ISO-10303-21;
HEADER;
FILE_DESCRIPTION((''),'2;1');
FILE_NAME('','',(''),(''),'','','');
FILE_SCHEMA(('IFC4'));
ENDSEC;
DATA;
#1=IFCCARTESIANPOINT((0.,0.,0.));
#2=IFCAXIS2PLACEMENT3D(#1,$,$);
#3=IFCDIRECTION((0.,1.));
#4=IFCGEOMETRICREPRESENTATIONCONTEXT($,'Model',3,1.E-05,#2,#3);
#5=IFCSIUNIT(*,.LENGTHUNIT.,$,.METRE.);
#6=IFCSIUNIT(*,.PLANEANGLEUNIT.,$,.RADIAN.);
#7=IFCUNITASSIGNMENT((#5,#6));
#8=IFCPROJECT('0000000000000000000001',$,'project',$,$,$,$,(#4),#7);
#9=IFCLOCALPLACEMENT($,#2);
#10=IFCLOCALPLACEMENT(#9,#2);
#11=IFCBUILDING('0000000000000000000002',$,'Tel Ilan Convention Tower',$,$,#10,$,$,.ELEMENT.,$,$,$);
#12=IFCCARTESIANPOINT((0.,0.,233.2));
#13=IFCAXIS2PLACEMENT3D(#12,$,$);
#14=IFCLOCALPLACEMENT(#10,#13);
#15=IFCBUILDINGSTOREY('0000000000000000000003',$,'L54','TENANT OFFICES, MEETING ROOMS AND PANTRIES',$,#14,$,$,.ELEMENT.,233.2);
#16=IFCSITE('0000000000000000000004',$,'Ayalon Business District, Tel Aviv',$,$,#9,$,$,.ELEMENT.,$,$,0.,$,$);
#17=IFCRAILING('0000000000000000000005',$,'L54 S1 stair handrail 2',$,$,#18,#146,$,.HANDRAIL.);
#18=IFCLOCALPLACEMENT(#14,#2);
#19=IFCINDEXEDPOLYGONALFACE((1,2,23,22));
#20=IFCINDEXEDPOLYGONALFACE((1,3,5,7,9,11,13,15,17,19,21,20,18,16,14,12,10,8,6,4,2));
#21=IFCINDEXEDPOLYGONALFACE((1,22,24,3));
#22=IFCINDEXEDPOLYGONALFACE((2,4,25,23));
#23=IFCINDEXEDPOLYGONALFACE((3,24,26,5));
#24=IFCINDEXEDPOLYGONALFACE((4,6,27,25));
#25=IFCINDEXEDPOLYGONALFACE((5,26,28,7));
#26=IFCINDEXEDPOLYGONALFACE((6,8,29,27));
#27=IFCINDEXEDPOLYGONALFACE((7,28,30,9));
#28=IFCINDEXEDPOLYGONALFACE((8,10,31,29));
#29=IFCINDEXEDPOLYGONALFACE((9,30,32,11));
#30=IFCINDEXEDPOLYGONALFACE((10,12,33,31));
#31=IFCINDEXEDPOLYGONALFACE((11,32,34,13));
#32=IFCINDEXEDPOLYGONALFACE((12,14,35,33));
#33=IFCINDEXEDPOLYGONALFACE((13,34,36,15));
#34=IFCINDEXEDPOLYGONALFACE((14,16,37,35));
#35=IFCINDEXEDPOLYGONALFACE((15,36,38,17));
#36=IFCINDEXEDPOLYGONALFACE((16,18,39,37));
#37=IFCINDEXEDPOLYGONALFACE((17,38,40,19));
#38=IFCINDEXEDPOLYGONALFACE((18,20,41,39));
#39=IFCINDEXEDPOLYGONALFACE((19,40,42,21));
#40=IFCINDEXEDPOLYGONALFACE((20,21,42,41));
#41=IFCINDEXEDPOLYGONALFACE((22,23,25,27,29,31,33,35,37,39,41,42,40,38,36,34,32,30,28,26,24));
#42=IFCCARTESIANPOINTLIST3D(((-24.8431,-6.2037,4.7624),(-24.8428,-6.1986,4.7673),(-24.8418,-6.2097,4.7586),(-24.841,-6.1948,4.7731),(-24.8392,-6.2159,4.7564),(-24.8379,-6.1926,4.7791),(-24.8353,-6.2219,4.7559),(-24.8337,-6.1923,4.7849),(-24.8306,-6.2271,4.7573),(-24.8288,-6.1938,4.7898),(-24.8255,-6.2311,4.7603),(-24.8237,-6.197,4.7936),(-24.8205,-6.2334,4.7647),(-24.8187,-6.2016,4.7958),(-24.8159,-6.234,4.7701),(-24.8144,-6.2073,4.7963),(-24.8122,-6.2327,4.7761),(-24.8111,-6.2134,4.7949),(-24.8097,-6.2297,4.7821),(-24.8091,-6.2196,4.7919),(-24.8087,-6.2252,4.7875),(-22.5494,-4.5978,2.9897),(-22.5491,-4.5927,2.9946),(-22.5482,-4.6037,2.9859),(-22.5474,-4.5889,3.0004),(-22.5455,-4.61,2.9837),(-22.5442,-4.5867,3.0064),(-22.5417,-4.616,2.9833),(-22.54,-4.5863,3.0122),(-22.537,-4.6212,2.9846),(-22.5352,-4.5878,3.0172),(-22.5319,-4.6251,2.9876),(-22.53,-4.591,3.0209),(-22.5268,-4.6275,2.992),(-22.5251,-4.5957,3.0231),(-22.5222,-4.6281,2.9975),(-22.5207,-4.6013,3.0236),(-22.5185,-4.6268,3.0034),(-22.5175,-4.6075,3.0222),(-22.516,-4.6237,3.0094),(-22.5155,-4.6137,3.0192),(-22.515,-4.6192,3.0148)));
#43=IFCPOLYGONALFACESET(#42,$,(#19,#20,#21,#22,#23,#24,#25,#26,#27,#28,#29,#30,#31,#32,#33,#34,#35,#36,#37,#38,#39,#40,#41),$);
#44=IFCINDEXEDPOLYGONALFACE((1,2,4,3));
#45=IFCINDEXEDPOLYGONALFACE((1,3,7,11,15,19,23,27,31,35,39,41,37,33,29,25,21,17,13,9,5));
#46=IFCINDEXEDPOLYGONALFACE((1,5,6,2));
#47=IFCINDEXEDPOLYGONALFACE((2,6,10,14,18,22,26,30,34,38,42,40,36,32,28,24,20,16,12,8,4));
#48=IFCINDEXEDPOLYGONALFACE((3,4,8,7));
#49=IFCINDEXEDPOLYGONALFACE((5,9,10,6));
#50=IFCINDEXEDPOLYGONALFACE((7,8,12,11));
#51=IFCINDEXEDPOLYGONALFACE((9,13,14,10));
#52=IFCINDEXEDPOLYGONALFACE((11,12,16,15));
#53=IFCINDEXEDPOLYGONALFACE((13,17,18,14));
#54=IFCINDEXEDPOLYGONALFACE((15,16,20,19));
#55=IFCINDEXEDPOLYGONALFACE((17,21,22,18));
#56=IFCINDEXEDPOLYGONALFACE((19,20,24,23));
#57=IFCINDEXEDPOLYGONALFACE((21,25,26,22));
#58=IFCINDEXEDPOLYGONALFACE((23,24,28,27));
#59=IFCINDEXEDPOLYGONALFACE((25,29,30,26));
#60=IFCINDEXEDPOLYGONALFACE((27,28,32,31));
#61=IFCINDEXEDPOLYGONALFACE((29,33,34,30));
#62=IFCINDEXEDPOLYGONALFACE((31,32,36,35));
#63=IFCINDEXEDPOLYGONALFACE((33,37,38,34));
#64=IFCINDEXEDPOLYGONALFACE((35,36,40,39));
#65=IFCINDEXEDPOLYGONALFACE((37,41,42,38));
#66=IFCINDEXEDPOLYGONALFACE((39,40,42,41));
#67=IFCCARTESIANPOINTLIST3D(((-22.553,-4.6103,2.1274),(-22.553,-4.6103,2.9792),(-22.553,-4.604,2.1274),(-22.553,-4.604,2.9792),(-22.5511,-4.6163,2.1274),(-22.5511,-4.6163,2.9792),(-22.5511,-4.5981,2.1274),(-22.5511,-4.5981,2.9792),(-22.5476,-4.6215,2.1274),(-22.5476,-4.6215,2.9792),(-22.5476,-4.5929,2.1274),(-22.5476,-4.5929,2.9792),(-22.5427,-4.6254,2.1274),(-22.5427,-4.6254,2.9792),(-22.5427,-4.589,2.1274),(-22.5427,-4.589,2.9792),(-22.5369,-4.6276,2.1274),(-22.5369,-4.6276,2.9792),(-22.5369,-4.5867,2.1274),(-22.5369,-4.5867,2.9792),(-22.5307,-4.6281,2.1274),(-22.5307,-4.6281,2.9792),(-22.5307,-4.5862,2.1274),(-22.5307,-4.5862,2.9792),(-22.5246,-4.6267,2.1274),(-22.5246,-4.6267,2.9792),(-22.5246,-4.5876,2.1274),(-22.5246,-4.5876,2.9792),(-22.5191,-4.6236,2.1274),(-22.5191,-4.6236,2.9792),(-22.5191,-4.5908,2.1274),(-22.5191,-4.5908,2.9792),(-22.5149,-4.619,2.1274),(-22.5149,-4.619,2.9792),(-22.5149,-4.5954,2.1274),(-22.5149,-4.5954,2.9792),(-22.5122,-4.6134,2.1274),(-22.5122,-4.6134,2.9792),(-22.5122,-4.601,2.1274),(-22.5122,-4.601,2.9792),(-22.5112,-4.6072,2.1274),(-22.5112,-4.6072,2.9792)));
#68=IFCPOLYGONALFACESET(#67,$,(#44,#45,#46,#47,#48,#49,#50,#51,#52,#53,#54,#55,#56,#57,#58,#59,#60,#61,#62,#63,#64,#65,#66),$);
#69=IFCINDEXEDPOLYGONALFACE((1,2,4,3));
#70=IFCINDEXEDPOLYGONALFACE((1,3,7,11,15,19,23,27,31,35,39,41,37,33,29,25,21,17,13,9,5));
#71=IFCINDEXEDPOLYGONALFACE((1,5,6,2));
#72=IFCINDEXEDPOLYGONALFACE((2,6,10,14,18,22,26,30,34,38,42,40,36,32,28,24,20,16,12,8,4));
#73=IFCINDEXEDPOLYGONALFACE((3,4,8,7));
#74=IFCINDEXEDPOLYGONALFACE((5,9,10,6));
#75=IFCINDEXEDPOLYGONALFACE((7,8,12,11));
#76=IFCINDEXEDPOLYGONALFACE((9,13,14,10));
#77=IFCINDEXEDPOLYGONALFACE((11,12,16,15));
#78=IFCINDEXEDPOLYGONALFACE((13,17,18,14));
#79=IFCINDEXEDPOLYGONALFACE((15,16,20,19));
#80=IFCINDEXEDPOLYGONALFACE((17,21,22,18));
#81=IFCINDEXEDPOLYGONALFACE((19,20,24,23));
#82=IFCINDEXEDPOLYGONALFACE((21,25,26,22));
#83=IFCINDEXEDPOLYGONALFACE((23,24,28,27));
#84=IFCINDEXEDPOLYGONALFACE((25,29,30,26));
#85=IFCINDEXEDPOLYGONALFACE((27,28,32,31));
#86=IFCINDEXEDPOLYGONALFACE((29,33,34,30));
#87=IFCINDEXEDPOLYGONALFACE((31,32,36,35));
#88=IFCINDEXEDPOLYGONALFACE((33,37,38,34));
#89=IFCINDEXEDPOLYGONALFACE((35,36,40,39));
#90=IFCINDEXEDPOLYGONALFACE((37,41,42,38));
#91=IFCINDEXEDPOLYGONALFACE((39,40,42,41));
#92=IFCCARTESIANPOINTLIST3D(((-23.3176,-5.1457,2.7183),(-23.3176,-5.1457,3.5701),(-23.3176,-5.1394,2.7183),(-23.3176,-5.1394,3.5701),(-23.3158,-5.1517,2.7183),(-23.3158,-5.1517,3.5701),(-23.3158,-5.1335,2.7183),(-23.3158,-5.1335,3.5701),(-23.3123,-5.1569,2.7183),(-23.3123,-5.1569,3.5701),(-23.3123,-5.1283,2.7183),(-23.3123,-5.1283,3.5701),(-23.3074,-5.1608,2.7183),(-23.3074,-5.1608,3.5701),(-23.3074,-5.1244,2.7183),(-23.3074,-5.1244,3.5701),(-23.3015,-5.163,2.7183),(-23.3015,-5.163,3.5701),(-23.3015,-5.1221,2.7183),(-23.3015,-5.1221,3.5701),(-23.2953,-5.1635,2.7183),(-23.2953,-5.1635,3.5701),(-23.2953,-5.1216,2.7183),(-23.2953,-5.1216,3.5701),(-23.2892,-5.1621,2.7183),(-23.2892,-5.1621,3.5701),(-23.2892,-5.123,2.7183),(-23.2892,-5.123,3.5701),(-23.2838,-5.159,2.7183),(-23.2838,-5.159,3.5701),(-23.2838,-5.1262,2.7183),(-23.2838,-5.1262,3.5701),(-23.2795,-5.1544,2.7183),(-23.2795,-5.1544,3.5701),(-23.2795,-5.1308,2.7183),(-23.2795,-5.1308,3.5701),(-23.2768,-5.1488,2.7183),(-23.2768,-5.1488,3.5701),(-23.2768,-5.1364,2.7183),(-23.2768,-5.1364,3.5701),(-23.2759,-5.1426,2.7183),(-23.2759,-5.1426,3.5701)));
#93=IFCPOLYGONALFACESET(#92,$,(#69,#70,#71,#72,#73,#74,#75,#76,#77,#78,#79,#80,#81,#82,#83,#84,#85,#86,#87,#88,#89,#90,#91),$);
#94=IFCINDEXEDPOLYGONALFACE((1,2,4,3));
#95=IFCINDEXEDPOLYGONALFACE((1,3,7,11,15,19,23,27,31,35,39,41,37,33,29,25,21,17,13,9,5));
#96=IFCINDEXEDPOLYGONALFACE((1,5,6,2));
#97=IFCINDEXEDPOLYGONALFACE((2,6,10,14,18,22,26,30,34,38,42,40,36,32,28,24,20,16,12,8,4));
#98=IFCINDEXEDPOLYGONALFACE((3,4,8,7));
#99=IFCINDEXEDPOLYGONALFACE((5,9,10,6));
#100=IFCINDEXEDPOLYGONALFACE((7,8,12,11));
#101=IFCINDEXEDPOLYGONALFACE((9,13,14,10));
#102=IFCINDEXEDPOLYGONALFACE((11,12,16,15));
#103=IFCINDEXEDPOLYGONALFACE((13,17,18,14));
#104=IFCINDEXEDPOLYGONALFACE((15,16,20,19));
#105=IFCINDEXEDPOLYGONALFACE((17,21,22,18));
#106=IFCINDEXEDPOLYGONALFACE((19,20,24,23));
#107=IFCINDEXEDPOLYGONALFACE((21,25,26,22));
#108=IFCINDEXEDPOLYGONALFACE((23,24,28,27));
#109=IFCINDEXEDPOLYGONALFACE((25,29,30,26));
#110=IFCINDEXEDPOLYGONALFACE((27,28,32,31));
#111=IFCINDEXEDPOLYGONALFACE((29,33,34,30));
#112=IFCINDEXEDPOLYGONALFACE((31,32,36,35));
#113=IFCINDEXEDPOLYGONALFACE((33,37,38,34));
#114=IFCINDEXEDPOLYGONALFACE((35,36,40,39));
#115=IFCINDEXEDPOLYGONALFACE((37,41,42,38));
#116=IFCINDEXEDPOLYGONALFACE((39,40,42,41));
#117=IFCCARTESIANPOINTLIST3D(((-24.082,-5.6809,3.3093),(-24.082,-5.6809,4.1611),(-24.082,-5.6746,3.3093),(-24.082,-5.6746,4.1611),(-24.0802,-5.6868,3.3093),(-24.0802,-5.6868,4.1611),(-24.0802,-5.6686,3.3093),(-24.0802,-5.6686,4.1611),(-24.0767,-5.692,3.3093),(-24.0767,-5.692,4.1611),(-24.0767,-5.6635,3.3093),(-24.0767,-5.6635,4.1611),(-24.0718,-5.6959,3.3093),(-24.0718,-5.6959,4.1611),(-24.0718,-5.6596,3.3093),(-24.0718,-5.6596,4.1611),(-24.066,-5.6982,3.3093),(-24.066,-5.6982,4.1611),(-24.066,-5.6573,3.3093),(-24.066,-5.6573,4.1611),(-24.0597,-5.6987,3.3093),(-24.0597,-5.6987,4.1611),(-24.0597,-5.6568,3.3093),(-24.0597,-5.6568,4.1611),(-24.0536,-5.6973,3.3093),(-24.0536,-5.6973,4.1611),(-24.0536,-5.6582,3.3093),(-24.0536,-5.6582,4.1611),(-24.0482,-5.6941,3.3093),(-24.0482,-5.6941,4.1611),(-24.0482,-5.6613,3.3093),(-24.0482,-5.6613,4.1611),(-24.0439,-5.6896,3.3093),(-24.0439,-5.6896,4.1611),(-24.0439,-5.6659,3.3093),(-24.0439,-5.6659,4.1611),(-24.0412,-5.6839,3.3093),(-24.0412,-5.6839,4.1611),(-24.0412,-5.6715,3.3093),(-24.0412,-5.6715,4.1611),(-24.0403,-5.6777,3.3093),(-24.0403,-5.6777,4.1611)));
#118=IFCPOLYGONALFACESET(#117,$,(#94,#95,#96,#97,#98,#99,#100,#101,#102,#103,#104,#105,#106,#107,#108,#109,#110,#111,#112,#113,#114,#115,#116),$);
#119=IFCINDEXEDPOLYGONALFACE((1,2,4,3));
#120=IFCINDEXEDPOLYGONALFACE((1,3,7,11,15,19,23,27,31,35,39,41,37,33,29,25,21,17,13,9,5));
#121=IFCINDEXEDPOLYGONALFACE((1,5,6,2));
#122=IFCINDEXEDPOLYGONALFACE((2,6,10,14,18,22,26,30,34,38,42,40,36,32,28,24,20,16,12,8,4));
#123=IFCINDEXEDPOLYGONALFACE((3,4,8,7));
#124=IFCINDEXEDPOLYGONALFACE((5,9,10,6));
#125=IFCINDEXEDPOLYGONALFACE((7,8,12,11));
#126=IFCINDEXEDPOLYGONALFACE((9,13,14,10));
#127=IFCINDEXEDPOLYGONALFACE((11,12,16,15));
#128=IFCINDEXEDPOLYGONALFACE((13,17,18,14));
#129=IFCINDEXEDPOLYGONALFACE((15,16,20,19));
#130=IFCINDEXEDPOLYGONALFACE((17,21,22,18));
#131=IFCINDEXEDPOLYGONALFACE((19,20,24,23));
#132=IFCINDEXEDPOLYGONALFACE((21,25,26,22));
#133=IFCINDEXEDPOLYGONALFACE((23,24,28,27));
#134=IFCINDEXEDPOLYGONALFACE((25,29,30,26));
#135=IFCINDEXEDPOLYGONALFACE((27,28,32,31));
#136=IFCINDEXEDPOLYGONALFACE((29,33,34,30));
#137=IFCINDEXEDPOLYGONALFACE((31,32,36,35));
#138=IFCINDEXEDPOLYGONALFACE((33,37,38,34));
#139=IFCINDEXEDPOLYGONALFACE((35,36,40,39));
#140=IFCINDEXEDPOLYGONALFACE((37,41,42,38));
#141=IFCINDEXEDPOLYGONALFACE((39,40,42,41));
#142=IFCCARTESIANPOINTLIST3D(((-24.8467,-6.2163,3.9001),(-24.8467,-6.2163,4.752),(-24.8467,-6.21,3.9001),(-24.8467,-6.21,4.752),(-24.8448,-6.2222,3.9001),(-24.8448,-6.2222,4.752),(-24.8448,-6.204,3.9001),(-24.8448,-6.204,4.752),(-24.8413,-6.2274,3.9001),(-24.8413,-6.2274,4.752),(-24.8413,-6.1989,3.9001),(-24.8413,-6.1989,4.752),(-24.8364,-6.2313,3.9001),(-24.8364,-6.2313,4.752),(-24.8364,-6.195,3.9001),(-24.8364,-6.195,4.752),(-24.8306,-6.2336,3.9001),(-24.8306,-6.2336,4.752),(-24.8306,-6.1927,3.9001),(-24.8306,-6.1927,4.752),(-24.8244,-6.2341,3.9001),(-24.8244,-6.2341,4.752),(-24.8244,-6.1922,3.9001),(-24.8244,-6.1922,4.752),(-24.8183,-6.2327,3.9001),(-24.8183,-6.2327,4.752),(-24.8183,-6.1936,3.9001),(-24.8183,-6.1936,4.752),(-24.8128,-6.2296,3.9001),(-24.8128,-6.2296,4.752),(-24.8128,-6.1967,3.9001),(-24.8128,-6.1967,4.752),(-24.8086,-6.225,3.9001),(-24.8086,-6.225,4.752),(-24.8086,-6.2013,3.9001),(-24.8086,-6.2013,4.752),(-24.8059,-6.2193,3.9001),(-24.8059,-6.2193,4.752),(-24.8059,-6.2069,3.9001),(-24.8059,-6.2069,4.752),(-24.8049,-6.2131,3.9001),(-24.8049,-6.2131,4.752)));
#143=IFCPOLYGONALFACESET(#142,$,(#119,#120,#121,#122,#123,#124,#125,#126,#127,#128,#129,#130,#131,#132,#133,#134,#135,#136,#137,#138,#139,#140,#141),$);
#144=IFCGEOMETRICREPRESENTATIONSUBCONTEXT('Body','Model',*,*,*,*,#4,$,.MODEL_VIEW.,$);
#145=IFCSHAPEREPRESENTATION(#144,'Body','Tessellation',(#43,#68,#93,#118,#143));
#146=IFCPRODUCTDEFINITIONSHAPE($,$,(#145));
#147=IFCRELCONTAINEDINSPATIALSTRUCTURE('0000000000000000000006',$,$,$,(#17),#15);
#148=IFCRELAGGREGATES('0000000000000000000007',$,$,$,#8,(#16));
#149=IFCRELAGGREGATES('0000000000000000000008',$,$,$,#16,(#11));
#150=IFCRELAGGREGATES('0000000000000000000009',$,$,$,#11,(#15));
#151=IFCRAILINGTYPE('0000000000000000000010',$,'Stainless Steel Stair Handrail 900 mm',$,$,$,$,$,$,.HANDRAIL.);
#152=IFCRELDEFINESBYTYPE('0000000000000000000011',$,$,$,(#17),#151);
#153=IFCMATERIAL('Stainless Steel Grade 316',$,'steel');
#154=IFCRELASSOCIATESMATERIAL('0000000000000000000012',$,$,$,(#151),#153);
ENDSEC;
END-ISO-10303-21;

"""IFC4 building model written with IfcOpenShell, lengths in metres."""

from ifc_helpers import new_model, si_unit, direction, frame, origin, origin_2d, place, context, subcontext, project, spatial, circle, extrude, material, type_object, element, save


model = new_model("IFC4")

# Units and contexts
model_context = context("Model", 3, precision=1e-05, world=origin(), true_north=direction((0.0, 1.0)))
body_context = subcontext(model_context, "Body", "Model", "MODEL_VIEW")
ifc_project = project(units=[si_unit("LENGTHUNIT", "METRE"), si_unit("PLANEANGLEUNIT", "RADIAN")], contexts=[model_context])

# Site, building, storey
site_placement = place(None, origin())
site = spatial("IfcSite", under=ifc_project, at=site_placement, Name="Ayalon Business District, Tel Aviv", CompositionType="ELEMENT", RefElevation=0.0)
building_placement = place(site_placement, origin())
building = spatial("IfcBuilding", under=site, at=building_placement, Name="Tel Ilan Convention Tower", CompositionType="ELEMENT")
storey_placement = place(building_placement, frame((0.0, 0.0, 233.2)))
storey = spatial("IfcBuildingStorey", under=building, at=storey_placement, Name="L54", Description="TENANT OFFICES, MEETING ROOMS AND PANTRIES", CompositionType="ELEMENT", Elevation=233.2)

# Railing
ifc_material_1 = material(Name="Stainless Steel Grade 316", Category="steel")
railing_type_1 = type_object("IfcRailingType", Name="Stainless Steel Stair Handrail 900 mm", PredefinedType="HANDRAIL", material=ifc_material_1)
for number, where, name in (
    (1, (-22.5322, -4.6072, 2.1274), "L54 S1 stair handrail 2"),
):
    element("IfcRailing", number, at=place(storey_placement, frame(where)), inside=storey, type_object=railing_type_1, Name=name, PredefinedType="HANDRAIL", context=body_context, shape_type="SweptSolid", body=[
        extrude(circle(Radius=0.0239, at=origin_2d()), frame((0.0, 0.0, 0.876), z_axis=(-0.692123, -0.484597, 0.534913), x_axis=(0.57355, -0.81917, 0.0)), (0.0, 0.0, 1.0), 3.314),
        extrude(circle(Radius=0.021, at=origin_2d()), origin(), (0.0, 0.0, 1.0), 0.8518),
        extrude(circle(Radius=0.021, at=origin_2d()), frame((-0.7646, -0.5354, 0.5908)), (0.0, 0.0, 1.0), 0.8518),
        extrude(circle(Radius=0.021, at=origin_2d()), frame((-1.5291, -1.0706, 1.1819)), (0.0, 0.0, 1.0), 0.8518),
        extrude(circle(Radius=0.021, at=origin_2d()), frame((-2.2937, -1.606, 1.7727)), (0.0, 0.0, 1.0), 0.8518),
    ])

save(model, "model.ifc")
